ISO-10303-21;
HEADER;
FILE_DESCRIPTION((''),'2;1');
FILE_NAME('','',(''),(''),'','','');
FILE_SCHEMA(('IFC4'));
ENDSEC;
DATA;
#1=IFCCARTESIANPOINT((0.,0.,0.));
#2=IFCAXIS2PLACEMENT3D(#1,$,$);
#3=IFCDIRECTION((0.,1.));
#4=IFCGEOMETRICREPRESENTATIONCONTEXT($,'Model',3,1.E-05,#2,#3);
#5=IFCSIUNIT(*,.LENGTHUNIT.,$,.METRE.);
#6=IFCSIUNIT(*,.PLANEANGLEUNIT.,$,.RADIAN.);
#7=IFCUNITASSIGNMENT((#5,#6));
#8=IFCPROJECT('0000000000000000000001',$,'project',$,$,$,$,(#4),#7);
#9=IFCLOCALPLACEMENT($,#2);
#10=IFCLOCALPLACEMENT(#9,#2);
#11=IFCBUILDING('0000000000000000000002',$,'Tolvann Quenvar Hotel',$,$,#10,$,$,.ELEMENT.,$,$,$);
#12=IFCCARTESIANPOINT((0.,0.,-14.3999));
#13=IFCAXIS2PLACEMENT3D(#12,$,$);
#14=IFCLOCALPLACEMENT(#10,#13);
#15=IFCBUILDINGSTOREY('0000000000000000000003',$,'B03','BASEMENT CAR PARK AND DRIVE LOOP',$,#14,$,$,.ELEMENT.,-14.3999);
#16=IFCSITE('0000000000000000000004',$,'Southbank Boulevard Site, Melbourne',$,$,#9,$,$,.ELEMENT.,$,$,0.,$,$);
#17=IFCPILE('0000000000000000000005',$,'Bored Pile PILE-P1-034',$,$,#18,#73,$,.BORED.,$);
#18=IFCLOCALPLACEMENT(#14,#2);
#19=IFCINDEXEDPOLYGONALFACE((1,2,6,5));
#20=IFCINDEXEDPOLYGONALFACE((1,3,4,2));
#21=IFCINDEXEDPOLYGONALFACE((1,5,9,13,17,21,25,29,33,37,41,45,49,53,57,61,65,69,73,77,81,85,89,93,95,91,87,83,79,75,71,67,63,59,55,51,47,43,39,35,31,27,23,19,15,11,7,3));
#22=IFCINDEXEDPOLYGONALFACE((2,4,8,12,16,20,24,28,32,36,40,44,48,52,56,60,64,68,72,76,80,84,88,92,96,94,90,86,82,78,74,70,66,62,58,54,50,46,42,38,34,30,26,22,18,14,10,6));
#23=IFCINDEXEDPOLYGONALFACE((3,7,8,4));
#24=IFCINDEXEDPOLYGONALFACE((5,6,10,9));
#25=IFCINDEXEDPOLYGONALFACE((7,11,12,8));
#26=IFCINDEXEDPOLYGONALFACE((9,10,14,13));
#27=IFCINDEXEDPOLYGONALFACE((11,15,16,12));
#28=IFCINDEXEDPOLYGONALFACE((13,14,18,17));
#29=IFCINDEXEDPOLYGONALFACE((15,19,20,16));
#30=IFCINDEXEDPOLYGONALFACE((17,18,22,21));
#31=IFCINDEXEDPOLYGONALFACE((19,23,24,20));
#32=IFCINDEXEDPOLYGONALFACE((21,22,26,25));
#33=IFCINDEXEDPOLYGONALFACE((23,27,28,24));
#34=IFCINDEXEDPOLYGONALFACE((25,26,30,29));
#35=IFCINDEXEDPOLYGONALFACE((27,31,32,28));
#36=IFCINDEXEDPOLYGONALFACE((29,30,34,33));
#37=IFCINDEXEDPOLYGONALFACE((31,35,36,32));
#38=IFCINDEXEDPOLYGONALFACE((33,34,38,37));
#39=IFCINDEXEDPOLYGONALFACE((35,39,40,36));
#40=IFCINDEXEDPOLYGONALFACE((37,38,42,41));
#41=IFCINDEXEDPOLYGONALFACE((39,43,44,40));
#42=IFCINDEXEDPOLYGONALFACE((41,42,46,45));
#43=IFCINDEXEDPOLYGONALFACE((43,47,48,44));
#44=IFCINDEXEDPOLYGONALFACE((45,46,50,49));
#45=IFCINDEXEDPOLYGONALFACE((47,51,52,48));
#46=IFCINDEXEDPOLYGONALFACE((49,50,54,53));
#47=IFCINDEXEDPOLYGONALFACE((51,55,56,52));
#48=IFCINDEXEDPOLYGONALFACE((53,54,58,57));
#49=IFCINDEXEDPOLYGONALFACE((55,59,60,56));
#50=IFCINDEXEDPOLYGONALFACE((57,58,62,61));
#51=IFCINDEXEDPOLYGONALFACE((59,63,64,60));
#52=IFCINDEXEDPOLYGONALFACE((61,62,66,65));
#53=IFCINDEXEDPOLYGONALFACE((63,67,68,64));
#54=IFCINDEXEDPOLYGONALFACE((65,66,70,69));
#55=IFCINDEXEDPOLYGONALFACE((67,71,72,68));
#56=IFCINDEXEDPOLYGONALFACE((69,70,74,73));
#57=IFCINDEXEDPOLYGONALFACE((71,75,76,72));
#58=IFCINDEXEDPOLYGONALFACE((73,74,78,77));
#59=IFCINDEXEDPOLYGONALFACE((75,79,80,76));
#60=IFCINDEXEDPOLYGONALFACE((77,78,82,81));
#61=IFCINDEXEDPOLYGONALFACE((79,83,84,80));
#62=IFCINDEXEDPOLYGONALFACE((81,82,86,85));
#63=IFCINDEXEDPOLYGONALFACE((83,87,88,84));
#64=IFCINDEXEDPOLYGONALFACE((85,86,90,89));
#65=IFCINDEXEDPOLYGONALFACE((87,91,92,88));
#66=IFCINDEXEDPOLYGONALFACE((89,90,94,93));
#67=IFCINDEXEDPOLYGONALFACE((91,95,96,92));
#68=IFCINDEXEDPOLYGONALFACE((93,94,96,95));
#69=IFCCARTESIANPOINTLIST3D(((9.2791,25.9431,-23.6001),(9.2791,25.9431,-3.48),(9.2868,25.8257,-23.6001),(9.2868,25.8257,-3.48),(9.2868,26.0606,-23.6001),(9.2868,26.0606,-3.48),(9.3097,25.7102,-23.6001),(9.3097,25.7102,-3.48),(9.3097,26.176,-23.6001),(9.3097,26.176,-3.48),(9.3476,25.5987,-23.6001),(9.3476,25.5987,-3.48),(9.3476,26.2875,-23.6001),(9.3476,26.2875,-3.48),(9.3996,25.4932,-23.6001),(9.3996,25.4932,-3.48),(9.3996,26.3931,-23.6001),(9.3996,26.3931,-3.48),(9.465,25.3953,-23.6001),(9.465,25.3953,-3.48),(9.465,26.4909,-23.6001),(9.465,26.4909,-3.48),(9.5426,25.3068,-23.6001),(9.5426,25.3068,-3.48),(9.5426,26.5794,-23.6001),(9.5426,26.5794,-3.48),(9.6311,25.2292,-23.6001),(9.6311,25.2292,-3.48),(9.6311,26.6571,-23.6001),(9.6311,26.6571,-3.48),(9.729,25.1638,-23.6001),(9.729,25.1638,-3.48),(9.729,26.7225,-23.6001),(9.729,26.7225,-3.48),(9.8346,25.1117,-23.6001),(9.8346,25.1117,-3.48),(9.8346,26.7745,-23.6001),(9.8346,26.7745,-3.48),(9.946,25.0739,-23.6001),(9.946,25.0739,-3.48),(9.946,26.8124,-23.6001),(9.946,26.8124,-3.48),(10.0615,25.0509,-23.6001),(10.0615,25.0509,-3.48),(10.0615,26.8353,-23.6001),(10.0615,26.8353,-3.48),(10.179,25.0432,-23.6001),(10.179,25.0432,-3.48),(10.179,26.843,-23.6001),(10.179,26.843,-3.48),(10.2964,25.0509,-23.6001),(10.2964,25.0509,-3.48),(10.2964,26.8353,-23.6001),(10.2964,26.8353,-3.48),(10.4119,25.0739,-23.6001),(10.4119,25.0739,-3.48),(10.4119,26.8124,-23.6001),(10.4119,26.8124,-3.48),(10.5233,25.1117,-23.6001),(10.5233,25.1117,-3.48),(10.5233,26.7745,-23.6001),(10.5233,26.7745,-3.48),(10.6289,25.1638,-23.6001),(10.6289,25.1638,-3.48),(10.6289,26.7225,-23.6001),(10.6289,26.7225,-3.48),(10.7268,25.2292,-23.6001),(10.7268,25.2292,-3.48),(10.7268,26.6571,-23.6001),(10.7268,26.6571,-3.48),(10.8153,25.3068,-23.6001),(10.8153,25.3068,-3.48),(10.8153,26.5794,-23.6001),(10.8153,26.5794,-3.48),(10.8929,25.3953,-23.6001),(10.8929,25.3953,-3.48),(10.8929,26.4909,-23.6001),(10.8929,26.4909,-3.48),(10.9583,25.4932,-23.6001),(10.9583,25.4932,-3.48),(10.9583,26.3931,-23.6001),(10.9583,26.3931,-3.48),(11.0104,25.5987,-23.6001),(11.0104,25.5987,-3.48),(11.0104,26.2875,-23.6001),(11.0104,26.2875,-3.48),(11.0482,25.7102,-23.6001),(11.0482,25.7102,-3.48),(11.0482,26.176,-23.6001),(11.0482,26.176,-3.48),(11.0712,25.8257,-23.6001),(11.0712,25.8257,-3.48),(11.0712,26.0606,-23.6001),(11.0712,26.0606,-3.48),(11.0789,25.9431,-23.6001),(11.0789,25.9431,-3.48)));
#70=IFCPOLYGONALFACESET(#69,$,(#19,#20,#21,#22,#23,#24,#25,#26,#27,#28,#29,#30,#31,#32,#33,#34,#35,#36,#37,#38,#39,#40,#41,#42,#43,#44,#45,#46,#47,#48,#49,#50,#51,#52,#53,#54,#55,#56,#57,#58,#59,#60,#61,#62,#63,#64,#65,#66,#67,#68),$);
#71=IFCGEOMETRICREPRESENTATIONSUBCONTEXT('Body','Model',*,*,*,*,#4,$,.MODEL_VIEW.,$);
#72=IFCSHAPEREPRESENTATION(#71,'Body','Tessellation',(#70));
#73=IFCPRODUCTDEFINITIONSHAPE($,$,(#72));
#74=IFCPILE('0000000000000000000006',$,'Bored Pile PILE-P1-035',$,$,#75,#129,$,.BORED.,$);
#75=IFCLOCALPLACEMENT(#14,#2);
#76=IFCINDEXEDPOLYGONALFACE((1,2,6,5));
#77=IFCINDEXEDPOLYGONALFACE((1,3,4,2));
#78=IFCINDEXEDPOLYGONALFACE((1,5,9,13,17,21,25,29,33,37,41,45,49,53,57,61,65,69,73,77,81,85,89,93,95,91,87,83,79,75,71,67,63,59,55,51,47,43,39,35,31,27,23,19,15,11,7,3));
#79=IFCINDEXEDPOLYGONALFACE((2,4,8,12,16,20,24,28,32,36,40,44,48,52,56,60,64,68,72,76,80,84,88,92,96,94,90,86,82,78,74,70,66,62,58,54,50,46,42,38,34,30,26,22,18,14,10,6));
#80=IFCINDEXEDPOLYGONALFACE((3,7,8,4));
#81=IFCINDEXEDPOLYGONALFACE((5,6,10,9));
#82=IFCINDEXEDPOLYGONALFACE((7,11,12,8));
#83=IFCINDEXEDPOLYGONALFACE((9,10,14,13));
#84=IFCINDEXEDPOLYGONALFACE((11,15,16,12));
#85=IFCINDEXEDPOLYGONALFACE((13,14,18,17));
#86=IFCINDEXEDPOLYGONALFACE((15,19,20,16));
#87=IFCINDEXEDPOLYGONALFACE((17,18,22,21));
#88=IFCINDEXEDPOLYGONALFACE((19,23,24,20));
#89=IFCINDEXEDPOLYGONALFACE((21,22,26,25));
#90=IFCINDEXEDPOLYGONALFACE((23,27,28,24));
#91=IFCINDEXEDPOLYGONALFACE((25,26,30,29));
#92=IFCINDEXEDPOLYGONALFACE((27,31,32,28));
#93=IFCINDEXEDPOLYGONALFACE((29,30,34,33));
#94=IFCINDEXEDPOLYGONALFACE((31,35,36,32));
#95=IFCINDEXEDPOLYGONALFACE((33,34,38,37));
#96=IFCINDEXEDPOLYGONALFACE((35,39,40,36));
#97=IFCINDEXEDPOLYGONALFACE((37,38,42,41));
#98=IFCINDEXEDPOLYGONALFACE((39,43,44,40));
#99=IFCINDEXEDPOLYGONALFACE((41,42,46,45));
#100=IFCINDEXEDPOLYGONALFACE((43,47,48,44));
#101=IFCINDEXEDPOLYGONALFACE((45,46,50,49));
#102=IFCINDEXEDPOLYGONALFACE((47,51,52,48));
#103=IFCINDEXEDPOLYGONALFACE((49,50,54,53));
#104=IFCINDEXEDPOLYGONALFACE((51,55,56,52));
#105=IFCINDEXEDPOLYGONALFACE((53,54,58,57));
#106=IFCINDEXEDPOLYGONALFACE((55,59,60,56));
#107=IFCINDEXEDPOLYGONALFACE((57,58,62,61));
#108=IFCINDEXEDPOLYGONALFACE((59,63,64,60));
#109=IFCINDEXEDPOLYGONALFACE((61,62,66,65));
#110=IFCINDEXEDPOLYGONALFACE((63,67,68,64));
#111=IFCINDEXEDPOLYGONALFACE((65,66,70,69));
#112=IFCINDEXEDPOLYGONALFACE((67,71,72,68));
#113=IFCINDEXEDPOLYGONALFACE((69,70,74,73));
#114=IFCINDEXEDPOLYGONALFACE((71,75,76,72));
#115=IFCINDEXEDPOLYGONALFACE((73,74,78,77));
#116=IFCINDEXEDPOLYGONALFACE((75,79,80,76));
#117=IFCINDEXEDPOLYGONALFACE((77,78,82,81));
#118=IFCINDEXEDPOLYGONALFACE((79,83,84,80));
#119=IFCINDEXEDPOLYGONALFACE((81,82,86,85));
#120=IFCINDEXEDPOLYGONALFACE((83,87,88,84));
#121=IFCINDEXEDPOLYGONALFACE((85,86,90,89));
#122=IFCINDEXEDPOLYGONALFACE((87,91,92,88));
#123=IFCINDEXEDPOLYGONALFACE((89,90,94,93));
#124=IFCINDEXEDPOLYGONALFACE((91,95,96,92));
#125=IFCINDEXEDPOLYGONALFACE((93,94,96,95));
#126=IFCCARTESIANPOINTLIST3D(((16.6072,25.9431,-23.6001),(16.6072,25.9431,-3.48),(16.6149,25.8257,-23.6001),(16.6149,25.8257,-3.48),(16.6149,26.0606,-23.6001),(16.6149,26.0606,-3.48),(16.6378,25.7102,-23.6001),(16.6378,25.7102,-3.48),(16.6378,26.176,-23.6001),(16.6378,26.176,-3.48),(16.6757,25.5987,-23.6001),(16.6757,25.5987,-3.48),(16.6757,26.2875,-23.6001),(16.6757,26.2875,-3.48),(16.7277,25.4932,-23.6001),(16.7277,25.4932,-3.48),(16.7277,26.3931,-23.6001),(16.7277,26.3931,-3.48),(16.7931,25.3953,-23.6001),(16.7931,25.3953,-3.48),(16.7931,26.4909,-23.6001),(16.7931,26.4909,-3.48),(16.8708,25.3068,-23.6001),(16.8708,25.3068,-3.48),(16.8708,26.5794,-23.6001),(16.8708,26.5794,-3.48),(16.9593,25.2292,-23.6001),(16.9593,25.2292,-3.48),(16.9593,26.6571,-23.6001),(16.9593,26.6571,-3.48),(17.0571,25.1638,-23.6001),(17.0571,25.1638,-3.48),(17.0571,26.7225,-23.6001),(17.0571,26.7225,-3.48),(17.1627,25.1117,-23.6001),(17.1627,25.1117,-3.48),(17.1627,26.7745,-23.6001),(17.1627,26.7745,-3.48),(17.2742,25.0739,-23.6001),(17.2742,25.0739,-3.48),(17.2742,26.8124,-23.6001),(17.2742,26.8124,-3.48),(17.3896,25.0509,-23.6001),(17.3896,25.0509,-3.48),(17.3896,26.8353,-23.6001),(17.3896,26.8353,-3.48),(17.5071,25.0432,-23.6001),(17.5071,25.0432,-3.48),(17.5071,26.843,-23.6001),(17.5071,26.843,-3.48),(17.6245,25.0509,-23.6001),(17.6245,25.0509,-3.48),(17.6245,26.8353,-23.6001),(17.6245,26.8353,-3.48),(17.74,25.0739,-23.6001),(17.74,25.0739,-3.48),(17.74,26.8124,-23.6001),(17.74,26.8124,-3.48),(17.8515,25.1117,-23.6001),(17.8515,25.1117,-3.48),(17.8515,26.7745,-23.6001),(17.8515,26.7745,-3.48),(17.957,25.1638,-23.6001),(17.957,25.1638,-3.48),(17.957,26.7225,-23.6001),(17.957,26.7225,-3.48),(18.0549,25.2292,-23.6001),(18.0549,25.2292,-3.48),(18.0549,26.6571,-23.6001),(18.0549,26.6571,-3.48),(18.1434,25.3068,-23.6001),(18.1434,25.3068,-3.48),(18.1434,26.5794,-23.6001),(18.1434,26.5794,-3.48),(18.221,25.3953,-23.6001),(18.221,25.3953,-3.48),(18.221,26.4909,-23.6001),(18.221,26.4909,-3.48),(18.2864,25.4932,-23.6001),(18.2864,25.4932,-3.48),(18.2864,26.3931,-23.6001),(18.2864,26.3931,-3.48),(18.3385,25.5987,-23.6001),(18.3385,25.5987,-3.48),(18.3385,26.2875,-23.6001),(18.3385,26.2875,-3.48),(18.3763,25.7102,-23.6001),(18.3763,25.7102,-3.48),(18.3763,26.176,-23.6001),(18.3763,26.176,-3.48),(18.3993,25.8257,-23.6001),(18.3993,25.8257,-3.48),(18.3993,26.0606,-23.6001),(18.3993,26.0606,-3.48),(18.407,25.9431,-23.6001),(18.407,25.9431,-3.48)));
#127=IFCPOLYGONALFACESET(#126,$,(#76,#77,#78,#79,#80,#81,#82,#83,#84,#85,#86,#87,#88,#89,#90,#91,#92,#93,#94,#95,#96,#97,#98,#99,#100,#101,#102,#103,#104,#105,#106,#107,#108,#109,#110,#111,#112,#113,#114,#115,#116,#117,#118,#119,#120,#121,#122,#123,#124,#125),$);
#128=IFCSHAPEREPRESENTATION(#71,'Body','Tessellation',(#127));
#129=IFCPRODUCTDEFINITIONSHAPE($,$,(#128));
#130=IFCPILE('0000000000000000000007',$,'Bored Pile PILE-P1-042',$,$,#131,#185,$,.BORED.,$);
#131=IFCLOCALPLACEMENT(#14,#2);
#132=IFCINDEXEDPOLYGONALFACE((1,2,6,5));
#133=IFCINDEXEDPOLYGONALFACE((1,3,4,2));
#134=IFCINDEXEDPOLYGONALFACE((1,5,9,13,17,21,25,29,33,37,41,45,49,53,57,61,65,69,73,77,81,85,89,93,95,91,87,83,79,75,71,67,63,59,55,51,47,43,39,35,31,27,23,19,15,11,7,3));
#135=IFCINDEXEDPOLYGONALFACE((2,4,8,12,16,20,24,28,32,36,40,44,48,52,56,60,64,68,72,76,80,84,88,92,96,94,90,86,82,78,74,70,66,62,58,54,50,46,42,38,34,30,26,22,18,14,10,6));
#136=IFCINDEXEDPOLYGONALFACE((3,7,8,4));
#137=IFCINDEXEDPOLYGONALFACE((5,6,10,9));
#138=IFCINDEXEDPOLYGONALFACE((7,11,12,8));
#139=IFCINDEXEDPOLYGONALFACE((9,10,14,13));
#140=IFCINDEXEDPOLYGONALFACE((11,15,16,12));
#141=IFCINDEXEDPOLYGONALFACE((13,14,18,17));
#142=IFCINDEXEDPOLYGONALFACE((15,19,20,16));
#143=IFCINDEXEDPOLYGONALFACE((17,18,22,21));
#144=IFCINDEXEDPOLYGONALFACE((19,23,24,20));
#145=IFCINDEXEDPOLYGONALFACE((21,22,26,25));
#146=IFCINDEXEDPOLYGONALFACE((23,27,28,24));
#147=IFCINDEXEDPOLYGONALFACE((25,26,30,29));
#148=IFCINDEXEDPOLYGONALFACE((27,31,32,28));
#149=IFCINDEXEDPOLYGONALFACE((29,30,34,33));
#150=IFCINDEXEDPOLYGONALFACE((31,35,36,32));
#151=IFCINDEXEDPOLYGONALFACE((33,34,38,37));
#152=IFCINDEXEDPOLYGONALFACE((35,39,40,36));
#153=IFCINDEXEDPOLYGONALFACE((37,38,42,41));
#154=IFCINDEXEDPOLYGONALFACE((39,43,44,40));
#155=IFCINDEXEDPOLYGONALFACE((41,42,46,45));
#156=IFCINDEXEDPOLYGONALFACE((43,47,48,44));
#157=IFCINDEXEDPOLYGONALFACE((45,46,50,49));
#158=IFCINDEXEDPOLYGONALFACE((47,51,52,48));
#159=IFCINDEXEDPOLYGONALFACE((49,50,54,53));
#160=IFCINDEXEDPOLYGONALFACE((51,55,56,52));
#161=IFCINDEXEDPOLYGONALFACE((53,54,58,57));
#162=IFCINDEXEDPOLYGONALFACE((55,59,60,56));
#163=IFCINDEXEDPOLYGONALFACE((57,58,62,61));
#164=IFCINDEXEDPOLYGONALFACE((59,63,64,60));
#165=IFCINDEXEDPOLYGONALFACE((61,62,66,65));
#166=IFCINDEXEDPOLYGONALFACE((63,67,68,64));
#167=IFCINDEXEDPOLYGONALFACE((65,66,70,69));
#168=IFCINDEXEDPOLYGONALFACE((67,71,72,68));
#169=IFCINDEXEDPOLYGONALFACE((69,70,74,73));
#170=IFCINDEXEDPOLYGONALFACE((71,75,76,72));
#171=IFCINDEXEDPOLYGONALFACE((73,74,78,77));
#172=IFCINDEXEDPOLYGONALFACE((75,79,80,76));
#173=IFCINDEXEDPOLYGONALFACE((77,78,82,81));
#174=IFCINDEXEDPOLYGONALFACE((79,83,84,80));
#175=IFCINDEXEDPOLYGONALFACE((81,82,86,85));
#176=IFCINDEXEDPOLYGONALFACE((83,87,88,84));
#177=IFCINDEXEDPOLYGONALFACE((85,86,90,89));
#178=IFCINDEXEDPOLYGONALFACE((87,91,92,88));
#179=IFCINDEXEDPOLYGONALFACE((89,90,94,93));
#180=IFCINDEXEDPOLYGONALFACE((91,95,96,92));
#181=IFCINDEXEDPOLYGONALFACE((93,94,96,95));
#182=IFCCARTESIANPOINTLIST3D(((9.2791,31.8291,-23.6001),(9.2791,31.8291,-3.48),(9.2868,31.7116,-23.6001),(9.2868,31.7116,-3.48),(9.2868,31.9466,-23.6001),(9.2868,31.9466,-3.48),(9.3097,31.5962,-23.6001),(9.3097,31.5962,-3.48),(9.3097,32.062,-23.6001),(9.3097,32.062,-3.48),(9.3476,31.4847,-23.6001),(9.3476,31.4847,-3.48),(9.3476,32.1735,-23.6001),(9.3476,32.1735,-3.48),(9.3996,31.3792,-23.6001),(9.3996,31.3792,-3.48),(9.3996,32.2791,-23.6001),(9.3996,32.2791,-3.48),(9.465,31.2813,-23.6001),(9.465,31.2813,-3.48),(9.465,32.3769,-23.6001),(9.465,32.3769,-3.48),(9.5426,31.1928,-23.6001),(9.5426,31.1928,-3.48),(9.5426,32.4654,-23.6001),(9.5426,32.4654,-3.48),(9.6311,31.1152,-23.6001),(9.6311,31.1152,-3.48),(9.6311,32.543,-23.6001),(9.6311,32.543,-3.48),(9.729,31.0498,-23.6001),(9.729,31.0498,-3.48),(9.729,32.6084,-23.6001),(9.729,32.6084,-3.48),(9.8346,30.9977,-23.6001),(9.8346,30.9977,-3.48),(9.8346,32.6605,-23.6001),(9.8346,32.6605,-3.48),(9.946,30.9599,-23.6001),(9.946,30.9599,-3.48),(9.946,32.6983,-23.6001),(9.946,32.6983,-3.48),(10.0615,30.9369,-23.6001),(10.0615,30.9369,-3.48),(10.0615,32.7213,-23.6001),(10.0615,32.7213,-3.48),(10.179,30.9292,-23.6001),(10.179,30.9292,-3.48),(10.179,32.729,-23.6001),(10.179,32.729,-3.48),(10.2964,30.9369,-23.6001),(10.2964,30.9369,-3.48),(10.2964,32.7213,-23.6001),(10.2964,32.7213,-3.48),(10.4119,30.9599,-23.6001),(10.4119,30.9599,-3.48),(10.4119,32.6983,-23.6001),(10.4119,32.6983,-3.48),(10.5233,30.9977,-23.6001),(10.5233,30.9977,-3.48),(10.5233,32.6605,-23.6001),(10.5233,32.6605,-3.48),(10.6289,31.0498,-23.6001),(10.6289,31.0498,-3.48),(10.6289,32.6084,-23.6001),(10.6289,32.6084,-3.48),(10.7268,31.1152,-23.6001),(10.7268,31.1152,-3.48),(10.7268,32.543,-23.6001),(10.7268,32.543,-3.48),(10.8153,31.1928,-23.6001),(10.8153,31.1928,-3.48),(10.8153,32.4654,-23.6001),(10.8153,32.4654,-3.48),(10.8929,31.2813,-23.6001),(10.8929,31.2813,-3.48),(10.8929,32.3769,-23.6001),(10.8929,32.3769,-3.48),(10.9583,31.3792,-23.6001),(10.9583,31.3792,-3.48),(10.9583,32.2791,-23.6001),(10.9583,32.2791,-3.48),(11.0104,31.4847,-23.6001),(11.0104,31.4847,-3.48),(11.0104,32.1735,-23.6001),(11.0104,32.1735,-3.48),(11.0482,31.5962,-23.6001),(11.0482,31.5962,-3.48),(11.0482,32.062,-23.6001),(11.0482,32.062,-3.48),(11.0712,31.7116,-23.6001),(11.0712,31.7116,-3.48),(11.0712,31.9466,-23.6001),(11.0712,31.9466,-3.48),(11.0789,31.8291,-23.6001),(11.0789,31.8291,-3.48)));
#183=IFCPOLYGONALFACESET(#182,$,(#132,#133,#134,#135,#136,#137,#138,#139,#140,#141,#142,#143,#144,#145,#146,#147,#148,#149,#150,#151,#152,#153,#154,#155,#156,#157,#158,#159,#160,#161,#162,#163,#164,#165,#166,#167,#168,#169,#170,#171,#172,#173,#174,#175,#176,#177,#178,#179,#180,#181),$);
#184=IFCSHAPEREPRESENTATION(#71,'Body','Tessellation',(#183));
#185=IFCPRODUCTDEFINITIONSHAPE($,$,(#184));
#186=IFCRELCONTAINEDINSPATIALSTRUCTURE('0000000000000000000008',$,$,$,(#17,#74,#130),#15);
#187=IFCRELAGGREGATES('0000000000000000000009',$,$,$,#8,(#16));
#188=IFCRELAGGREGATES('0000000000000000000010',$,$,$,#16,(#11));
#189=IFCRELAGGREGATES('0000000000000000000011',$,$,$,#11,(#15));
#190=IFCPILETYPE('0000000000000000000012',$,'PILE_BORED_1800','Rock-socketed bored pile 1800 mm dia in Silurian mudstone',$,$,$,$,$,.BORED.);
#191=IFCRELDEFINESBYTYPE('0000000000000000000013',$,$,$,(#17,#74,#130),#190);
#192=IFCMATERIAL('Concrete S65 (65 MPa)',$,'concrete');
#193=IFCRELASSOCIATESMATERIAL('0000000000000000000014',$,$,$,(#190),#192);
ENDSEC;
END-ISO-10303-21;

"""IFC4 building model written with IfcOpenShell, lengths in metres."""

from ifc_helpers import new_model, si_unit, direction, frame, origin, origin_2d, place, context, subcontext, project, spatial, circle, extrude, material, material_profile, profile_set, type_object, element, save


model = new_model("IFC4")

# Units and contexts
model_context = context("Model", 3, precision=1e-05, world=origin(), true_north=direction((0.0, 1.0)))
body_context = subcontext(model_context, "Body", "Model", "MODEL_VIEW")
ifc_project = project(units=[si_unit("LENGTHUNIT", "METRE"), si_unit("PLANEANGLEUNIT", "RADIAN")], contexts=[model_context])

# Site, building, storey
site_placement = place(None, origin())
site = spatial("IfcSite", under=ifc_project, at=site_placement, Name="Southbank Boulevard Site, Melbourne", CompositionType="ELEMENT", RefElevation=0.0)
building_placement = place(site_placement, origin())
building = spatial("IfcBuilding", under=site, at=building_placement, Name="Tolvann Quenvar Hotel", CompositionType="ELEMENT")
storey_placement = place(building_placement, frame((0.0, 0.0, -14.3999)))
storey = spatial("IfcBuildingStorey", under=building, at=storey_placement, Name="B03", Description="BASEMENT CAR PARK AND DRIVE LOOP", CompositionType="ELEMENT", Elevation=-14.3999)

# Piles
ifc_material_1 = material(Name="Concrete S65 (65 MPa)", Category="concrete")
ifc_material_profile_1 = material_profile(ifc_material_1, circle(Radius=0.8999, at=origin_2d()), Name="PILE1800")
ifc_profile_set_1 = profile_set([ifc_material_profile_1], Name="Concrete S65 (65 MPa)")
pile_type = type_object("IfcPileType", Name="PILE_BORED_1800", Description="Rock-socketed bored pile 1800 mm dia in Silurian mudstone", PredefinedType="BORED", material=ifc_profile_set_1)
for number, where, z_axis, x_axis, name in (
    (1, (10.179, 25.9431, -3.48), (0.0, 0.0, -1.0), (1.0, 0.0, 0.0), "Bored Pile PILE-P1-034"),
    (2, (17.5071, 25.9431, -3.48), (0.0, 0.0, -1.0), (1.0, 0.0, 0.0), "Bored Pile PILE-P1-035"),
    (3, (10.179, 31.8291, -3.48), (0.0, 0.0, -1.0), (1.0, 0.0, 0.0), "Bored Pile PILE-P1-042"),
):
    element("IfcPile", number, at=place(storey_placement, frame(where, z_axis=z_axis, x_axis=x_axis)), inside=storey, type_object=pile_type, Name=name, PredefinedType="BORED", context=body_context, shape_type="SweptSolid", body=[
        extrude(circle(Radius=0.8999, at=origin_2d()), origin(), (0.0, 0.0, 1.0), 20.1201),
    ])

save(model, "model.ifc")
